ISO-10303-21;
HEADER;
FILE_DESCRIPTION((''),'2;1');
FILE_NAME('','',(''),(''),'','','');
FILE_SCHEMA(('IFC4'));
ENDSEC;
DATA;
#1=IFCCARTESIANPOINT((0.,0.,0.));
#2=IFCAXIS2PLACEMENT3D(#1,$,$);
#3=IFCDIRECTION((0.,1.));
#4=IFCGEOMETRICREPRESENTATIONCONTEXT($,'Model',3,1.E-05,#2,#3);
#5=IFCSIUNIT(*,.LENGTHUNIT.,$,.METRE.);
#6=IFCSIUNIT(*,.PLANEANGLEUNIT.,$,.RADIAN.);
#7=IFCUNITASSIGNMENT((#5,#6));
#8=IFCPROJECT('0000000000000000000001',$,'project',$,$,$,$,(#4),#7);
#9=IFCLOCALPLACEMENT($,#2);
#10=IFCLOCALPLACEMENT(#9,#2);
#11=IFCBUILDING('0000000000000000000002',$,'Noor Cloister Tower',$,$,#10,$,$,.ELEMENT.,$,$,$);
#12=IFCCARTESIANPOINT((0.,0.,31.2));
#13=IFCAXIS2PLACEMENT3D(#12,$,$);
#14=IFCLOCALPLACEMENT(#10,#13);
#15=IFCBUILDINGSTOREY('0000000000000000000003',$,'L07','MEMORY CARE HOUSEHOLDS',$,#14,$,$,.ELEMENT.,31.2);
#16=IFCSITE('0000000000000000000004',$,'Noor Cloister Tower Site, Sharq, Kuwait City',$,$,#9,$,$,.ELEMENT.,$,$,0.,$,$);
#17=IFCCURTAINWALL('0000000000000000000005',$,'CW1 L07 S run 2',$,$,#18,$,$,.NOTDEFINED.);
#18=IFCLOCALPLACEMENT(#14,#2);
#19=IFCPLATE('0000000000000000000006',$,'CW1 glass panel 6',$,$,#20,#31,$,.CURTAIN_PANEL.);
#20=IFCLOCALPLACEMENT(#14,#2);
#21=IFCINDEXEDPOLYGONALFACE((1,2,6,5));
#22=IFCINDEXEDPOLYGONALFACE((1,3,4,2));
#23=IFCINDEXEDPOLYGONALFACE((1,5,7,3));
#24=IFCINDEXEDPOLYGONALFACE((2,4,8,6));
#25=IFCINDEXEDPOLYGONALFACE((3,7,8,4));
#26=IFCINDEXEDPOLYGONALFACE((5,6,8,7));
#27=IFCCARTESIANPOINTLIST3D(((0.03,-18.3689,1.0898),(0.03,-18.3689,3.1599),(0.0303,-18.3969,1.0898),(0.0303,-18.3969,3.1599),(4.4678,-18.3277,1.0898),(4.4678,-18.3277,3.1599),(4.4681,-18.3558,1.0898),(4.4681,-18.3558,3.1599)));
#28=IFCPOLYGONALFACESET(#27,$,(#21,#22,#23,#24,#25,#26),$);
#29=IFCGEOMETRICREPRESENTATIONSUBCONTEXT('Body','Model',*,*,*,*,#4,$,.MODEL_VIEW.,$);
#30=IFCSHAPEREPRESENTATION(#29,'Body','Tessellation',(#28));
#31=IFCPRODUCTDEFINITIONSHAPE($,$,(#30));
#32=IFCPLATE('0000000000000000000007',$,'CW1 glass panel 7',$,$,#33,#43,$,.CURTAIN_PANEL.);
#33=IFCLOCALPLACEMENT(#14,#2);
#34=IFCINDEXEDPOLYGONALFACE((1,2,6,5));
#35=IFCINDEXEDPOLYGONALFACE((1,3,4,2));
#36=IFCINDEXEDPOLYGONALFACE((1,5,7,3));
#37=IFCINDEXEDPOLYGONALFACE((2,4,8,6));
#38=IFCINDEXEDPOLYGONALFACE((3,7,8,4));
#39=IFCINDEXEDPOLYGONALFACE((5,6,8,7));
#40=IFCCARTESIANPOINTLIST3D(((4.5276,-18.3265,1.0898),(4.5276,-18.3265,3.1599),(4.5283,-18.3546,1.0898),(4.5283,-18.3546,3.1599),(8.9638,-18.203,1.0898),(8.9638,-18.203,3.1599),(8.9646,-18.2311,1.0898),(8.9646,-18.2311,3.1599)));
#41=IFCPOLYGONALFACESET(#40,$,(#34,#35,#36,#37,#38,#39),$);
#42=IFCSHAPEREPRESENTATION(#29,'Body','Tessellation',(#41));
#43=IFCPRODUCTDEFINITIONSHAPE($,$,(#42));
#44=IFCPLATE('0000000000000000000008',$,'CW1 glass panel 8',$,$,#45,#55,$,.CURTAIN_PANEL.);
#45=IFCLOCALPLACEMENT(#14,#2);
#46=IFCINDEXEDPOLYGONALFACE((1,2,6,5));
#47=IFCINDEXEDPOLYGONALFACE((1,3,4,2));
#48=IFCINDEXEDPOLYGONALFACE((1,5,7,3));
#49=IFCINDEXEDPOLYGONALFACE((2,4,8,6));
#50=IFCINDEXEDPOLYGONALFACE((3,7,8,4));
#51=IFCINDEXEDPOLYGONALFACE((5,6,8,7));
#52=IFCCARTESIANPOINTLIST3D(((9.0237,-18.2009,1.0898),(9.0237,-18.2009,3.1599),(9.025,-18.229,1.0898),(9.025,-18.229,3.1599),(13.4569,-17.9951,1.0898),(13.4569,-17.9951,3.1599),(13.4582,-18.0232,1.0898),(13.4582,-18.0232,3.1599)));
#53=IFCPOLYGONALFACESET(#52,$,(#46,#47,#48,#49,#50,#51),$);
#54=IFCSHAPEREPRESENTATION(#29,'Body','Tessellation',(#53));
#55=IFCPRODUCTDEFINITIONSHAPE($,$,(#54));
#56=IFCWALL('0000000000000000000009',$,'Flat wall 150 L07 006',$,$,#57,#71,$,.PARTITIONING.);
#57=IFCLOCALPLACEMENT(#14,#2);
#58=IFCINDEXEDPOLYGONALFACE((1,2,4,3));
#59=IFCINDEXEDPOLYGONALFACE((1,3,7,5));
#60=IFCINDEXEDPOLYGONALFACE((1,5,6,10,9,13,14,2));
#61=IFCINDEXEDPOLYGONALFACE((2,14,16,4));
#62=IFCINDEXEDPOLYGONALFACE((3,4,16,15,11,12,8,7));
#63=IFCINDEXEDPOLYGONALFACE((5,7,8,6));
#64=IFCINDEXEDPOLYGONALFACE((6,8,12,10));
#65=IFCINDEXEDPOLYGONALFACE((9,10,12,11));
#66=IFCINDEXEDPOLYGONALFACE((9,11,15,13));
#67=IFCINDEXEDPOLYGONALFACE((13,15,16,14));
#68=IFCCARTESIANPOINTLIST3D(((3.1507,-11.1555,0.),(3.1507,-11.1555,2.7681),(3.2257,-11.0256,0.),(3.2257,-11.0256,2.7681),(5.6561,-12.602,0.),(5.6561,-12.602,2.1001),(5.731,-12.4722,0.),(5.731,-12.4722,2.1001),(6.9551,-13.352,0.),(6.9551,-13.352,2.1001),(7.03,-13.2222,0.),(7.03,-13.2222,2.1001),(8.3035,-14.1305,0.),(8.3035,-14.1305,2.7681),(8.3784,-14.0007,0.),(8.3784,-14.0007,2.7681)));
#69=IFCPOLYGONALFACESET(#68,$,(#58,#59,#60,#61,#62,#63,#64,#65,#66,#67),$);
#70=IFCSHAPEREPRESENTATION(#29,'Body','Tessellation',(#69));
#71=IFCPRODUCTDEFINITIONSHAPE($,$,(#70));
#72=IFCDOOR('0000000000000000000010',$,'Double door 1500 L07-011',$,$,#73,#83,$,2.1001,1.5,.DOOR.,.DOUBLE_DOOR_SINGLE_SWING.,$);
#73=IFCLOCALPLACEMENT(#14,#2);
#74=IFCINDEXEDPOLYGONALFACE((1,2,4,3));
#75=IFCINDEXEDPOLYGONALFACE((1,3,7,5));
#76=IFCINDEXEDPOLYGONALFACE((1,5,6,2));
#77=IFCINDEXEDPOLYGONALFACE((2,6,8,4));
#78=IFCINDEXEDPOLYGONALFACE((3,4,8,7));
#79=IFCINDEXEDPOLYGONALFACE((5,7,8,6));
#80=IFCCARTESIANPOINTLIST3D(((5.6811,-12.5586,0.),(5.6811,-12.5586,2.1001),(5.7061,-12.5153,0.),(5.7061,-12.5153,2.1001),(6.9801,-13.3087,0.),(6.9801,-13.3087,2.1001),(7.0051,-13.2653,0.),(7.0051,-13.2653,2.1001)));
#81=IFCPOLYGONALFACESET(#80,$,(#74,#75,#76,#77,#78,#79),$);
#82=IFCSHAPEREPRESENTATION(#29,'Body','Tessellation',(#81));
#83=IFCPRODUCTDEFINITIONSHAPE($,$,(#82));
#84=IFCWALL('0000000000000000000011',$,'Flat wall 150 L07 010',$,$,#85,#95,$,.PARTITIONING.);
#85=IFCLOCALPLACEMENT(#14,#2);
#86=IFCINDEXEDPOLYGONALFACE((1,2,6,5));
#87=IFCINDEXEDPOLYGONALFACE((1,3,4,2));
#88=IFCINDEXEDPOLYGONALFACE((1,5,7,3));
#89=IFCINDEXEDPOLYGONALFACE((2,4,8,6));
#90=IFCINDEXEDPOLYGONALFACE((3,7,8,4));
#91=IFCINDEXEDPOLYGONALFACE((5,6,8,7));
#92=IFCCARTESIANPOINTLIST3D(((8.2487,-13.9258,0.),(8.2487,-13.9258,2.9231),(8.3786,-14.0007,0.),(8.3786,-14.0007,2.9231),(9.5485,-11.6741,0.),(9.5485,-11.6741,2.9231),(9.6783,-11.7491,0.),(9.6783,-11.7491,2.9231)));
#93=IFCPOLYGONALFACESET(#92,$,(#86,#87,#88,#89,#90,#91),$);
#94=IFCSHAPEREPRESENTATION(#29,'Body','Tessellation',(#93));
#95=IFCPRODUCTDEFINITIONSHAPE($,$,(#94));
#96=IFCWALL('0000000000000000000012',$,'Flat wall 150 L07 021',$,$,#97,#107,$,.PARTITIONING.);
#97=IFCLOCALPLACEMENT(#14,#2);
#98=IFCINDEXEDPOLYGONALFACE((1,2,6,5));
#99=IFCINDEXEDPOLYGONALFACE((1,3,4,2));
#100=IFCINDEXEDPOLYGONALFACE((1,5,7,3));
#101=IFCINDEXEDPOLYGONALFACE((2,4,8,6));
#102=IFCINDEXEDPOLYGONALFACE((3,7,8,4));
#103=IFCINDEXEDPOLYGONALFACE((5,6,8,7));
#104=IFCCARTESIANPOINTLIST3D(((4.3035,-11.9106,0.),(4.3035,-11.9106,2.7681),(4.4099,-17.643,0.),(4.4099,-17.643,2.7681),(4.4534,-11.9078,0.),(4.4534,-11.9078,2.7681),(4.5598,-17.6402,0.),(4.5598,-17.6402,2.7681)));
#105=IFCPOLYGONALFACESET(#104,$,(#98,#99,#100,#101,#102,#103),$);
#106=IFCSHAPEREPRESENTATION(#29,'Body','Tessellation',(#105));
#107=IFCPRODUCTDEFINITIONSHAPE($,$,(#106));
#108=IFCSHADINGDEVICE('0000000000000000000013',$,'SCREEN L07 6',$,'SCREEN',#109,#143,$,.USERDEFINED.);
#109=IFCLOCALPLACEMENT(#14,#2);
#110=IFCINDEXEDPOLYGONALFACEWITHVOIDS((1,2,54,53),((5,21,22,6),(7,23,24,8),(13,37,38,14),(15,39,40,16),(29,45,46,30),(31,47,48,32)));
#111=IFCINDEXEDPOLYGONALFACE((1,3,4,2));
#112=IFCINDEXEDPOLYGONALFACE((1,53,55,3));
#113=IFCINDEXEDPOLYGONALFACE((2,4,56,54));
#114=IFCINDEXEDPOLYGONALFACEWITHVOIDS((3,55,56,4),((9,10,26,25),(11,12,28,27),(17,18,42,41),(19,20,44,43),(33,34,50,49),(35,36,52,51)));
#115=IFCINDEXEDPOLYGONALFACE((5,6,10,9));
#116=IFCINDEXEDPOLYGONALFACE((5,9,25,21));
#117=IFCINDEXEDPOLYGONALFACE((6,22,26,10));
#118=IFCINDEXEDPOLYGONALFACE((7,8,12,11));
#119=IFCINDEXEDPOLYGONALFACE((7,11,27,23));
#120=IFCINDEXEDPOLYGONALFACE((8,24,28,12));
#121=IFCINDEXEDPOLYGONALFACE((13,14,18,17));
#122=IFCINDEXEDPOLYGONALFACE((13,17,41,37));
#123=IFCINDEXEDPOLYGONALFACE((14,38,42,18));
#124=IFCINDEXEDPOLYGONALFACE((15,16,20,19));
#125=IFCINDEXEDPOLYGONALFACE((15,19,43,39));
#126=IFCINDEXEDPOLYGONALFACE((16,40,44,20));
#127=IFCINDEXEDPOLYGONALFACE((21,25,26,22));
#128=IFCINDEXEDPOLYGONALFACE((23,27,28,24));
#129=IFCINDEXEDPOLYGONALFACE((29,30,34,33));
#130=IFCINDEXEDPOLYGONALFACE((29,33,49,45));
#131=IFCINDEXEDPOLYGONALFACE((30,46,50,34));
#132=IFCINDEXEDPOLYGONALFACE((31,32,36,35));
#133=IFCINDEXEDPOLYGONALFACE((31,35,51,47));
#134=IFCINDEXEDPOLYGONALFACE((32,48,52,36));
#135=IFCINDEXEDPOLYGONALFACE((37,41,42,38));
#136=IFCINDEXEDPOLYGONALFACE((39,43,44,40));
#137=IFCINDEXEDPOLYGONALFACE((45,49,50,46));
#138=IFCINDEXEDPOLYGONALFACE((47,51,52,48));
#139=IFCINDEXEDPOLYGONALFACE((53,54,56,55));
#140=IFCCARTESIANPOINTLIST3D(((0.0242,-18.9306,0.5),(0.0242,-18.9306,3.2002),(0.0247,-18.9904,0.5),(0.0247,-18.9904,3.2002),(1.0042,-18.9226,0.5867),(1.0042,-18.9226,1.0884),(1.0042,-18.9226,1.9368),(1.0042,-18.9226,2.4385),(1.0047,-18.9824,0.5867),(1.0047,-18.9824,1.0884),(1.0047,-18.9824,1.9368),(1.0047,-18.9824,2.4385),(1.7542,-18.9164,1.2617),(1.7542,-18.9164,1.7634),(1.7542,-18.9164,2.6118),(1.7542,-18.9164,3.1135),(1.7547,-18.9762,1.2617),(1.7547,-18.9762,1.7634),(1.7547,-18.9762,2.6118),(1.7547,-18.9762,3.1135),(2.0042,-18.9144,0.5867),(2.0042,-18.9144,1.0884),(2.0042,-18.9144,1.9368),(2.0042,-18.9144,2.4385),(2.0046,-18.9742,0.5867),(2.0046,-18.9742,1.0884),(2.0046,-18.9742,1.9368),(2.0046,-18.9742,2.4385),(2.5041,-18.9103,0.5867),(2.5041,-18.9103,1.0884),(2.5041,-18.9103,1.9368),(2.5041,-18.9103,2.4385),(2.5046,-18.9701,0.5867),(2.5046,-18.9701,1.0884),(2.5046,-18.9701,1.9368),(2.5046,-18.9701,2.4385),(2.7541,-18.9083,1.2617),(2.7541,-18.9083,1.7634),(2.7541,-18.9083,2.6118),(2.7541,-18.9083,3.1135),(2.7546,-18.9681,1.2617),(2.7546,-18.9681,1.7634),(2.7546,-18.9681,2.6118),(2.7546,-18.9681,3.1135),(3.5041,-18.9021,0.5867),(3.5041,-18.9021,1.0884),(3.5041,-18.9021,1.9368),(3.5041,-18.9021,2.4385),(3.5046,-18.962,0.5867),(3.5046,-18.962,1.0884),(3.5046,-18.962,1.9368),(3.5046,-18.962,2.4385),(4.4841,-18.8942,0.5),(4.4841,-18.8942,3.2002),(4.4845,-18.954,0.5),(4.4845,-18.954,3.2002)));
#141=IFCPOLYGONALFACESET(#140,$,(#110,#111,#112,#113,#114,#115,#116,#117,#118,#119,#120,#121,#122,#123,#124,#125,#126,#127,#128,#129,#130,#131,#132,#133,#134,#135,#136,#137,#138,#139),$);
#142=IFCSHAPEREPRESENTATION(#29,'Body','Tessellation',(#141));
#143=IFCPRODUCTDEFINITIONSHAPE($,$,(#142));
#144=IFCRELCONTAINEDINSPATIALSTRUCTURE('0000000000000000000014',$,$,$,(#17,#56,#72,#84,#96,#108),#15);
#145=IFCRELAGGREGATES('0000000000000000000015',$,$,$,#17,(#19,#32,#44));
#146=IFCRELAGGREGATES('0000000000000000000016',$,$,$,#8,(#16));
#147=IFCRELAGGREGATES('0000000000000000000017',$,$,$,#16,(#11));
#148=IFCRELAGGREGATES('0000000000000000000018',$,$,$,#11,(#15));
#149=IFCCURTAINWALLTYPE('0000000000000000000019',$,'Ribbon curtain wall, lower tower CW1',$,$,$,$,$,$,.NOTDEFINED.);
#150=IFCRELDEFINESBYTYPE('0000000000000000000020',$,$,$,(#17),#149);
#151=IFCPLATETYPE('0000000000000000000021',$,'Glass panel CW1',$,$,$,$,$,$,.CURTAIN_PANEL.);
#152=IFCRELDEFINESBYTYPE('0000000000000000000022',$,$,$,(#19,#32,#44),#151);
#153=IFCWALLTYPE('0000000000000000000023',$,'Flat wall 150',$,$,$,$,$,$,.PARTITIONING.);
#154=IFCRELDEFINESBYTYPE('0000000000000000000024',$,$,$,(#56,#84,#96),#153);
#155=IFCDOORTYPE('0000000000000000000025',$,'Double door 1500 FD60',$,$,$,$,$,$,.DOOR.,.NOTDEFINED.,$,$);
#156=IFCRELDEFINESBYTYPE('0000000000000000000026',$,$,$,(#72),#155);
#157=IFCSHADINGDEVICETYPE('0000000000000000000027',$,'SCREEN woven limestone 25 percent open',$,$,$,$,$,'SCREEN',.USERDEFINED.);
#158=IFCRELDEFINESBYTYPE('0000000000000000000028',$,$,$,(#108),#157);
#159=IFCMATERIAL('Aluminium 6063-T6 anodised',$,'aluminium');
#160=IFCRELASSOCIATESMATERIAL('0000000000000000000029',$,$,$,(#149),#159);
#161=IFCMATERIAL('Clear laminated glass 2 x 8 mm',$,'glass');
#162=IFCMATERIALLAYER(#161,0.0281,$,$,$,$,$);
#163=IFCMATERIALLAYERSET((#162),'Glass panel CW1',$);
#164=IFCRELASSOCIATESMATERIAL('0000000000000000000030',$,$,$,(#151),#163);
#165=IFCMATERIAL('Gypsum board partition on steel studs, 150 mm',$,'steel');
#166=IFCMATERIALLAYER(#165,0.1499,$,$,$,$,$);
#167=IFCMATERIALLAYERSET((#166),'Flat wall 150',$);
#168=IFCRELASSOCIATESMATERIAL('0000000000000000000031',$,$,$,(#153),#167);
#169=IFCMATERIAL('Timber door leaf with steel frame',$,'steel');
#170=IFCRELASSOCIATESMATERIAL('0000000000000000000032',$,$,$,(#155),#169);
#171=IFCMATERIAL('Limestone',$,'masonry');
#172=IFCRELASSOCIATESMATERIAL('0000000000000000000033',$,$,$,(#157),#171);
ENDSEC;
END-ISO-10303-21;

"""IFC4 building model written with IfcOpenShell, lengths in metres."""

from ifc_helpers import new_model, si_unit, direction, frame, frame_2d, origin, origin_2d, place, context, subcontext, project, spatial, polyline, rectangle, outline, extrude, material, layer, layer_set, material_profile, profile_set, type_object, element, fill, aggregate, save


model = new_model("IFC4")

# Units and contexts
model_context = context("Model", 3, precision=1e-05, world=origin(), true_north=direction((0.0, 1.0)))
body_context = subcontext(model_context, "Body", "Model", "MODEL_VIEW")
ifc_project = project(units=[si_unit("LENGTHUNIT", "METRE"), si_unit("PLANEANGLEUNIT", "RADIAN")], contexts=[model_context])

# Site, building, storey
site_placement = place(None, origin())
site = spatial("IfcSite", under=ifc_project, at=site_placement, Name="Noor Cloister Tower Site, Sharq, Kuwait City", CompositionType="ELEMENT", RefElevation=0.0)
building_placement = place(site_placement, origin())
building = spatial("IfcBuilding", under=site, at=building_placement, Name="Noor Cloister Tower", CompositionType="ELEMENT")
storey_placement = place(building_placement, frame((0.0, 0.0, 31.2)))
storey = spatial("IfcBuildingStorey", under=building, at=storey_placement, Name="L07", Description="MEMORY CARE HOUSEHOLDS", CompositionType="ELEMENT", Elevation=31.2)

# Curtain wall
ifc_material_1 = material(Name="Aluminium 6063-T6 anodised", Category="aluminium")
curtain_wall_type = type_object("IfcCurtainWallType", Name="Ribbon curtain wall, lower tower CW1", PredefinedType="NOTDEFINED", material=ifc_material_1)
curtain_wall_placement = place(storey_placement, origin())
curtain_wall = element("IfcCurtainWall", 1, at=curtain_wall_placement, inside=storey, type_object=curtain_wall_type, Name="CW1 L07 S run 2", PredefinedType="NOTDEFINED")

# Plates
ifc_material_2 = material(Name="Clear laminated glass 2 x 8 mm", Category="glass")
ifc_layer_1 = layer(ifc_material_2, 0.0281)
ifc_layer_set_1 = layer_set([ifc_layer_1], Name="Glass panel CW1")
plate_type = type_object("IfcPlateType", Name="Glass panel CW1", PredefinedType="CURTAIN_PANEL", material=ifc_layer_set_1)
plate_1_placement = place(storey_placement, frame((2.249, -18.3623, 1.0898), z_axis=(0.0, 0.0, 1.0), x_axis=(0.999957, 0.009277, 0.0)))
plate_1 = element("IfcPlate", 2, at=plate_1_placement, type_object=plate_type, Name="CW1 glass panel 6", PredefinedType="CURTAIN_PANEL", context=body_context, shape_type="SweptSolid", body=[
    extrude(rectangle(XDim=4.438, YDim=0.0281, at=origin_2d()), origin(), (0.0, 0.0, 1.0), 2.0701),
])
plate_2_placement = place(storey_placement, frame((6.7461, -18.2788, 1.0898), z_axis=(0.0, 0.0, 1.0), x_axis=(0.999613, 0.027827, 0.0)))
plate_2 = element("IfcPlate", 3, at=plate_2_placement, type_object=plate_type, Name="CW1 glass panel 7", PredefinedType="CURTAIN_PANEL", context=body_context, shape_type="SweptSolid", body=[
    extrude(rectangle(XDim=4.438, YDim=0.0281, at=origin_2d()), origin(), (0.0, 0.0, 1.0), 2.0701),
])
plate_3_placement = place(storey_placement, frame((11.241, -18.1121, 1.0898), z_axis=(0.0, 0.0, 1.0), x_axis=(0.998924, 0.046368, 0.0)))
plate_3 = element("IfcPlate", 4, at=plate_3_placement, type_object=plate_type, Name="CW1 glass panel 8", PredefinedType="CURTAIN_PANEL", context=body_context, shape_type="SweptSolid", body=[
    extrude(rectangle(XDim=4.438, YDim=0.0281, at=origin_2d()), origin(), (0.0, 0.0, 1.0), 2.0701),
])
aggregate(curtain_wall, [plate_1, plate_2, plate_3])

# Wall, opening, door
ifc_material_3 = material(Name="Gypsum board partition on steel studs, 150 mm", Category="steel")
ifc_layer_2 = layer(ifc_material_3, 0.1499)
ifc_layer_set_2 = layer_set([ifc_layer_2], Name="Flat wall 150")
wall_type = type_object("IfcWallType", Name="Flat wall 150", PredefinedType="PARTITIONING", material=ifc_layer_set_2)
wall_1_placement = place(storey_placement, frame((8.3411, -14.0657, 0.0), z_axis=(0.0, 0.0, 1.0), x_axis=(-0.866017, 0.500014, 0.0)))
wall_1 = element("IfcWall", 5, at=wall_1_placement, inside=storey, type_object=wall_type, Name="Flat wall 150 L07 006", PredefinedType="PARTITIONING", context=body_context, shape_type="SweptSolid", body=[
    extrude(rectangle(XDim=5.95, YDim=0.1499, at=frame_2d((2.9751, 0.0))), origin(), (0.0, 0.0, 1.0), 2.7681),
])
opening_placement = place(wall_1_placement, frame((1.5571, 0.0, 0.0)))
opening = element("IfcOpeningElement", 6, at=opening_placement, cuts=wall_1, PredefinedType="OPENING", context=body_context, shape_type="SweptSolid", body=[
    extrude(rectangle(XDim=1.5, YDim=2.1001, at=frame_2d((0.75, 1.05))), frame((0.0, 0.085, 0.0), z_axis=(0.0, -1.0, 0.0), x_axis=(1.0, 0.0, 0.0)), (0.0, 0.0, 1.0), 0.1699),
])
ifc_material_4 = material(Name="Timber door leaf with steel frame", Category="steel")
door_type = type_object("IfcDoorType", Name="Double door 1500 FD60", OperationType="NOTDEFINED", PredefinedType="DOOR", material=ifc_material_4)
door_placement = place(opening_placement, origin())
door = element("IfcDoor", 7, at=door_placement, inside=storey, type_object=door_type, Name="Double door 1500 L07-011", OperationType="DOUBLE_DOOR_SINGLE_SWING", OverallHeight=2.1001, OverallWidth=1.5, PredefinedType="DOOR", context=body_context, shape_type="SweptSolid", body=[
    extrude(rectangle(XDim=1.5, YDim=2.1001, at=frame_2d((0.75, 1.05))), frame((0.0, 0.0249, 0.0), z_axis=(0.0, -1.0, 0.0), x_axis=(1.0, 0.0, 0.0)), (0.0, 0.0, 1.0), 0.05),
])
fill(opening, door)

# Walls
wall_2_placement = place(storey_placement, frame((8.3137, -13.9631, 0.0), z_axis=(0.0, 0.0, 1.0), x_axis=(0.499937, 0.866062, 0.0)))
element("IfcWall", 8, at=wall_2_placement, inside=storey, type_object=wall_type, Name="Flat wall 150 L07 010", PredefinedType="PARTITIONING", context=body_context, shape_type="SweptSolid", body=[
    extrude(rectangle(XDim=2.5999, YDim=0.1499, at=frame_2d((1.2998, 0.0))), origin(), (0.0, 0.0, 1.0), 2.9231),
])
wall_3_placement = place(storey_placement, frame((4.4849, -17.6416, 0.0), z_axis=(0.0, 0.0, 1.0), x_axis=(-0.018566, 0.999828, 0.0)))
element("IfcWall", 9, at=wall_3_placement, inside=storey, type_object=wall_type, Name="Flat wall 150 L07 021", PredefinedType="PARTITIONING", context=body_context, shape_type="SweptSolid", body=[
    extrude(rectangle(XDim=5.7334, YDim=0.1499, at=frame_2d((2.8667, 0.0))), origin(), (0.0, 0.0, 1.0), 2.7681),
])

# Shading device
ifc_material_5 = material(Name="Limestone", Category="masonry")
ifc_material_profile_1 = material_profile(ifc_material_5, outline(polyline([(-2.23, -1.3501), (2.23, -1.3501), (2.23, 1.3501), (-2.23, 1.3501), (-2.23, -1.3501)]), holes=[polyline([(-1.25, -1.2634), (-0.25, -1.2634), (-0.25, -0.7617), (-1.25, -0.7617), (-1.25, -1.2634)]), polyline([(0.25, -1.2634), (1.25, -1.2634), (1.25, -0.7617), (0.25, -0.7617), (0.25, -1.2634)]), polyline([(-0.5, -0.5884), (0.5, -0.5884), (0.5, -0.0867), (-0.5, -0.0867), (-0.5, -0.5884)]), polyline([(-1.25, 0.0867), (-0.25, 0.0867), (-0.25, 0.5884), (-1.25, 0.5884), (-1.25, 0.0867)]), polyline([(0.25, 0.0867), (1.25, 0.0867), (1.25, 0.5884), (0.25, 0.5884), (0.25, 0.0867)]), polyline([(-0.5, 0.7617), (0.5, 0.7617), (0.5, 1.2634), (-0.5, 1.2634), (-0.5, 0.7617)])]), Name="Woven screen 25 percent open")
ifc_profile_set_1 = profile_set([ifc_material_profile_1], Name="Limestone")
shading_device_type = type_object("IfcShadingDeviceType", Name="SCREEN woven limestone 25 percent open", ElementType="SCREEN", PredefinedType="USERDEFINED", material=ifc_profile_set_1)
shading_device_placement = place(storey_placement, frame((2.2542, -18.9124, 1.8501), z_axis=(0.008163, -0.999967, 0.0), x_axis=(0.999967, 0.008163, 0.0)))
element("IfcShadingDevice", 10, at=shading_device_placement, inside=storey, type_object=shading_device_type, Name="SCREEN L07 6", ObjectType="SCREEN", PredefinedType="USERDEFINED", context=body_context, shape_type="SweptSolid", body=[
    extrude(outline(polyline([(-2.23, -1.3501), (2.23, -1.3501), (2.23, 1.3501), (-2.23, 1.3501), (-2.23, -1.3501)]), holes=[polyline([(-1.25, -1.2634), (-0.25, -1.2634), (-0.25, -0.7617), (-1.25, -0.7617), (-1.25, -1.2634)]), polyline([(0.25, -1.2634), (1.25, -1.2634), (1.25, -0.7617), (0.25, -0.7617), (0.25, -1.2634)]), polyline([(-0.5, -0.5884), (0.5, -0.5884), (0.5, -0.0867), (-0.5, -0.0867), (-0.5, -0.5884)]), polyline([(-1.25, 0.0867), (-0.25, 0.0867), (-0.25, 0.5884), (-1.25, 0.5884), (-1.25, 0.0867)]), polyline([(0.25, 0.0867), (1.25, 0.0867), (1.25, 0.5884), (0.25, 0.5884), (0.25, 0.0867)]), polyline([(-0.5, 0.7617), (0.5, 0.7617), (0.5, 1.2634), (-0.5, 1.2634), (-0.5, 0.7617)])]), origin(), (0.0, 0.0, 1.0), 0.0598),
])

save(model, "model.ifc")
